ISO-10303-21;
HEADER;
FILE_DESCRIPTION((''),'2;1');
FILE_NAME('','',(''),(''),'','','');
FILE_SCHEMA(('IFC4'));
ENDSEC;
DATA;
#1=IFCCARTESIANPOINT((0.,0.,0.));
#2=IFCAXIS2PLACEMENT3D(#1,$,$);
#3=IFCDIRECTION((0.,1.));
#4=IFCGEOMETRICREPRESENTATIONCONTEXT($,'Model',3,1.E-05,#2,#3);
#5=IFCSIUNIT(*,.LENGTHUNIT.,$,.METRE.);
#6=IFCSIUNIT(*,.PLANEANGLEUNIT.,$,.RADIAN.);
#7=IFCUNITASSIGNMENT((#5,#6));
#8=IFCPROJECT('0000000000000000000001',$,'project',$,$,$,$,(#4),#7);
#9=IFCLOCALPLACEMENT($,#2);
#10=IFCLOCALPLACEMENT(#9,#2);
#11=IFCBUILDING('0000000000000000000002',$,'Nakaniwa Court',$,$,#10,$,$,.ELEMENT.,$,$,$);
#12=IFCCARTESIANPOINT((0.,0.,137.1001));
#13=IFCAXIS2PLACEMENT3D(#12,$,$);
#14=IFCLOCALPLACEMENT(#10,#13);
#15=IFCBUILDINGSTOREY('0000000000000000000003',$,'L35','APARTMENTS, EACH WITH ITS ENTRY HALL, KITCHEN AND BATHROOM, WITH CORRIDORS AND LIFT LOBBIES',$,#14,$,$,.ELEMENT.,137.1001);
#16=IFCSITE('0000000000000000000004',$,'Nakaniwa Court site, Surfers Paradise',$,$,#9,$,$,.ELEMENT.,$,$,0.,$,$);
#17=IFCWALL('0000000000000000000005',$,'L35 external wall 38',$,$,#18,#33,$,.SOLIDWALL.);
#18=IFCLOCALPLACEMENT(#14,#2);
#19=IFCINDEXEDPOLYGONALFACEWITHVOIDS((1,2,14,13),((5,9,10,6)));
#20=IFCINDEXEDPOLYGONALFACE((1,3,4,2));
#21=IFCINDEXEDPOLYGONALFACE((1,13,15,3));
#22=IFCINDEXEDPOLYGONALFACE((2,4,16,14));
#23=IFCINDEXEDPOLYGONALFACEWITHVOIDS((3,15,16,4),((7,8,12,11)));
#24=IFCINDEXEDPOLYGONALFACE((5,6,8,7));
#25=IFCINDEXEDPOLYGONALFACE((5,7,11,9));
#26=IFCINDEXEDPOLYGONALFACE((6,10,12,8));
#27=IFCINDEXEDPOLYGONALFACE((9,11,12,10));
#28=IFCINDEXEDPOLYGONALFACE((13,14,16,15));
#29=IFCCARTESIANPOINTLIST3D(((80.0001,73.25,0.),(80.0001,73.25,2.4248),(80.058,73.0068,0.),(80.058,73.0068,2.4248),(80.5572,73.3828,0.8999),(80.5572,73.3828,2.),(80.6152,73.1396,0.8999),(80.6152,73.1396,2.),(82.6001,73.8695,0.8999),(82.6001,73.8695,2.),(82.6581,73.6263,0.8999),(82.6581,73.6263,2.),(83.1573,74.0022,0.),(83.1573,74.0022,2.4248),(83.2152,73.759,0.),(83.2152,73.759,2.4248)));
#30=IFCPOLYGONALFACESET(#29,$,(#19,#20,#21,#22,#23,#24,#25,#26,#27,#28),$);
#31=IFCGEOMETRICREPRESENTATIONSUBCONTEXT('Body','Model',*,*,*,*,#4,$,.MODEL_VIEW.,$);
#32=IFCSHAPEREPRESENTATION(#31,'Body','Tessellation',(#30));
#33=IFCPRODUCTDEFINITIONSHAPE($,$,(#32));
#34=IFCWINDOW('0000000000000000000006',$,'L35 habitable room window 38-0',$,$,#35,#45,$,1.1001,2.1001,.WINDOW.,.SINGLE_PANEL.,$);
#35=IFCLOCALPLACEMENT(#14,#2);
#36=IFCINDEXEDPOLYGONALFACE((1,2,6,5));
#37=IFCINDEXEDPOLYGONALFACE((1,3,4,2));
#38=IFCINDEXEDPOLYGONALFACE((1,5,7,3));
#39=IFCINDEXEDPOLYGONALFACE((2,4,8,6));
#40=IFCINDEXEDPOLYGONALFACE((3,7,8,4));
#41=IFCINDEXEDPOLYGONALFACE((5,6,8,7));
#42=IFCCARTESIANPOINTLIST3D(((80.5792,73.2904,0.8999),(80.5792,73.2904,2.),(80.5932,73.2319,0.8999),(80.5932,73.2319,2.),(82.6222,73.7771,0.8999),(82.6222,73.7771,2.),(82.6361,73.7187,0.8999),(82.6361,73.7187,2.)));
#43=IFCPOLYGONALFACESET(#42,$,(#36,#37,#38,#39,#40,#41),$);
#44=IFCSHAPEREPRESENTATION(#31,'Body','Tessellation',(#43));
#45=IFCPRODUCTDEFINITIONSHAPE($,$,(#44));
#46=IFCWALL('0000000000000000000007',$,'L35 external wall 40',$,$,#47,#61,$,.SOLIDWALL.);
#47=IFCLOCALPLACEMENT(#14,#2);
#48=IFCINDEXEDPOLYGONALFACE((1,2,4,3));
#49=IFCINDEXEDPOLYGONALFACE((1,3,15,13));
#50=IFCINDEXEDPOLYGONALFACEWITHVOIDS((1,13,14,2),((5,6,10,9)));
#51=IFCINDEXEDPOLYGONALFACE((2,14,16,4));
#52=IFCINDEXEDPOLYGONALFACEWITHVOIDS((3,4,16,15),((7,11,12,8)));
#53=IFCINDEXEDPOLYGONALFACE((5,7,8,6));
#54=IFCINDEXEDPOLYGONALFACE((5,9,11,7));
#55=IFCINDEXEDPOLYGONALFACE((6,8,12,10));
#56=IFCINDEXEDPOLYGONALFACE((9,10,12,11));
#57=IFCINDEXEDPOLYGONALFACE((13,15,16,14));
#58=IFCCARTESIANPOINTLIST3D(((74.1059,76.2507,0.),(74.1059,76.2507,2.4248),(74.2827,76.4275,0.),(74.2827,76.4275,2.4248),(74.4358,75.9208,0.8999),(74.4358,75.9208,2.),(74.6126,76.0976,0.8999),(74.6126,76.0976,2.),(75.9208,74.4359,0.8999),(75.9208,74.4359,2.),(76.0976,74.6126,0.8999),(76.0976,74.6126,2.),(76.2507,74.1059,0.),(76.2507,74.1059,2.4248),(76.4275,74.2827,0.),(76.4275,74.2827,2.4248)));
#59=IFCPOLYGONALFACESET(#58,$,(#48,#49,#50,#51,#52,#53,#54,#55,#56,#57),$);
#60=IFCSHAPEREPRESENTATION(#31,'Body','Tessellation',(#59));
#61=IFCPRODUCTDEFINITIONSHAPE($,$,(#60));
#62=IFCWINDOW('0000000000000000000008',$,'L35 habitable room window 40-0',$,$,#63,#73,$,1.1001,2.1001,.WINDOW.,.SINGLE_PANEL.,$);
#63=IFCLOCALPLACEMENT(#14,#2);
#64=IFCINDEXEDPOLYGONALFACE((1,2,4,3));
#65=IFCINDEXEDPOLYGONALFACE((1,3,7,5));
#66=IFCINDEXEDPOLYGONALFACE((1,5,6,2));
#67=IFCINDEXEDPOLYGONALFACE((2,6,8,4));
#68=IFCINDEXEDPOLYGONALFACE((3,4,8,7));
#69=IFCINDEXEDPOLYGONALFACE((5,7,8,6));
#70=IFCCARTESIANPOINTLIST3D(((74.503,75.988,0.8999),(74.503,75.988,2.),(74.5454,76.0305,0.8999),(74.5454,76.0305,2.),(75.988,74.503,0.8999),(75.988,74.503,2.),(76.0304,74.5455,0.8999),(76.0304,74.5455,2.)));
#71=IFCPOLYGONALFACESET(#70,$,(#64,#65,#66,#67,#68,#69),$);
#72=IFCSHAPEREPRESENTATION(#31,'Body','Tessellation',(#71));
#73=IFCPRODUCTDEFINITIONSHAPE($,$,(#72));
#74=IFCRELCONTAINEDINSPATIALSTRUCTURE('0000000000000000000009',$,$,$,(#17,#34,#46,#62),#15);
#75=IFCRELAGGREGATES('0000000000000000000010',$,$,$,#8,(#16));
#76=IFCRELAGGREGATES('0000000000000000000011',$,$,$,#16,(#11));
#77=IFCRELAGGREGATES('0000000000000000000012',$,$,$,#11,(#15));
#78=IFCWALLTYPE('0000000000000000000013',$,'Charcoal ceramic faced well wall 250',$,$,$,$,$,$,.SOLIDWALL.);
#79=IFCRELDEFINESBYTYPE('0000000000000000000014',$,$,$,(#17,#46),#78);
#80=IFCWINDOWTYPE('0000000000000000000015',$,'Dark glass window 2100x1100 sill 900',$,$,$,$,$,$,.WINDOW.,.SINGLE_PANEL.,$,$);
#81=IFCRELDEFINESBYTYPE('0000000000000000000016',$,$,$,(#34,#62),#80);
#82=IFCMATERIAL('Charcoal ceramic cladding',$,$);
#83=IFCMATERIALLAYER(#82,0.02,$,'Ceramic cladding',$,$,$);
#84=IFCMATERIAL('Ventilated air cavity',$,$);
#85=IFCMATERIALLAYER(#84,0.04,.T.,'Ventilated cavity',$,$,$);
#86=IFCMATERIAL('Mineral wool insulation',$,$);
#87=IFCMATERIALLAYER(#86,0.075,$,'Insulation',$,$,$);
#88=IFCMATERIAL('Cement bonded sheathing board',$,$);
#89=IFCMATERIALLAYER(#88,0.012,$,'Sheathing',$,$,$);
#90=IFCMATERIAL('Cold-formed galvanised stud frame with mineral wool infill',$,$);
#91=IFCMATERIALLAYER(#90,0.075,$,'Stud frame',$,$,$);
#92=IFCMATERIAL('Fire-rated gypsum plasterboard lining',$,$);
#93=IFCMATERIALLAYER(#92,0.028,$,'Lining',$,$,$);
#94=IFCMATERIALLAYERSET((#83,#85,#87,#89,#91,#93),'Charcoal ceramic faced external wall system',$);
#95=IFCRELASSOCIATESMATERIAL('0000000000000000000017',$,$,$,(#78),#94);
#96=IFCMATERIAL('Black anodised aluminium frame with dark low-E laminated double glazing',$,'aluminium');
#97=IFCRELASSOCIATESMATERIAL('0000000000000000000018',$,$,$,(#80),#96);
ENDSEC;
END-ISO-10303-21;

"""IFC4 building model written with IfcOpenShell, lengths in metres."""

from ifc_helpers import new_model, si_unit, direction, frame, frame_2d, origin, place, context, subcontext, project, spatial, rectangle, extrude, material, layer, layer_set, type_object, element, fill, save


model = new_model("IFC4")

# Units and contexts
model_context = context("Model", 3, precision=1e-05, world=origin(), true_north=direction((0.0, 1.0)))
body_context = subcontext(model_context, "Body", "Model", "MODEL_VIEW")
ifc_project = project(units=[si_unit("LENGTHUNIT", "METRE"), si_unit("PLANEANGLEUNIT", "RADIAN")], contexts=[model_context])

# Site, building, storey
site_placement = place(None, origin())
site = spatial("IfcSite", under=ifc_project, at=site_placement, Name="Nakaniwa Court site, Surfers Paradise", CompositionType="ELEMENT", RefElevation=0.0)
building_placement = place(site_placement, origin())
building = spatial("IfcBuilding", under=site, at=building_placement, Name="Nakaniwa Court", CompositionType="ELEMENT")
storey_placement = place(building_placement, frame((0.0, 0.0, 137.1001)))
storey = spatial("IfcBuildingStorey", under=building, at=storey_placement, Name="L35", Description="APARTMENTS, EACH WITH ITS ENTRY HALL, KITCHEN AND BATHROOM, WITH CORRIDORS AND LIFT LOBBIES", CompositionType="ELEMENT", Elevation=137.1001)

# Walls, openings, windows
ifc_material_1 = material(Name="Charcoal ceramic cladding")
ifc_layer_1 = layer(ifc_material_1, 0.02, Name="Ceramic cladding")
ifc_material_2 = material(Name="Ventilated air cavity")
ifc_layer_2 = layer(ifc_material_2, 0.04, ventilated=True, Name="Ventilated cavity")
ifc_material_3 = material(Name="Mineral wool insulation")
ifc_layer_3 = layer(ifc_material_3, 0.075, Name="Insulation")
ifc_material_4 = material(Name="Cement bonded sheathing board")
ifc_layer_4 = layer(ifc_material_4, 0.012, Name="Sheathing")
ifc_material_5 = material(Name="Cold-formed galvanised stud frame with mineral wool infill")
ifc_layer_5 = layer(ifc_material_5, 0.075, Name="Stud frame")
ifc_material_6 = material(Name="Fire-rated gypsum plasterboard lining")
ifc_layer_6 = layer(ifc_material_6, 0.028, Name="Lining")
ifc_layer_set = layer_set([ifc_layer_1, ifc_layer_2, ifc_layer_3, ifc_layer_4, ifc_layer_5, ifc_layer_6], Name="Charcoal ceramic faced external wall system")
wall_type = type_object("IfcWallType", Name="Charcoal ceramic faced well wall 250", PredefinedType="SOLIDWALL", material=ifc_layer_set)
ifc_material_7 = material(Name="Black anodised aluminium frame with dark low-E laminated double glazing", Category="aluminium")
window_type = type_object("IfcWindowType", Name="Dark glass window 2100x1100 sill 900", PartitioningType="SINGLE_PANEL", PredefinedType="WINDOW", material=ifc_material_7)
wall_1_placement = place(storey_placement, frame((83.1863, 73.8806, 0.0), z_axis=(0.0, 0.0, 1.0), x_axis=(-0.972773, -0.23176, 0.0)))
wall_1 = element("IfcWall", 1, at=wall_1_placement, inside=storey, type_object=wall_type, Name="L35 external wall 38", PredefinedType="SOLIDWALL", context=body_context, shape_type="SweptSolid", body=[
    extrude(rectangle(XDim=3.2456, YDim=0.25, at=frame_2d((1.6228, 0.0))), origin(), (0.0, 0.0, 1.0), 2.4248),
])
opening_1_placement = place(wall_1_placement, frame((0.5728, 0.0, 0.8999)))
opening_1 = element("IfcOpeningElement", 2, at=opening_1_placement, cuts=wall_1, PredefinedType="OPENING", context=body_context, shape_type="SweptSolid", body=[
    extrude(rectangle(XDim=2.1001, YDim=1.1001, at=frame_2d((1.05, 0.55))), frame((0.0, 0.135, 0.0), z_axis=(0.0, -1.0, 0.0), x_axis=(1.0, 0.0, 0.0)), (0.0, 0.0, 1.0), 0.27),
])
window_1_placement = place(opening_1_placement, origin())
window_1 = element("IfcWindow", 3, at=window_1_placement, inside=storey, type_object=window_type, Name="L35 habitable room window 38-0", OverallHeight=1.1001, OverallWidth=2.1001, PartitioningType="SINGLE_PANEL", PredefinedType="WINDOW", context=body_context, shape_type="SweptSolid", body=[
    extrude(rectangle(XDim=2.1001, YDim=1.1001, at=frame_2d((1.05, 0.55))), frame((0.0, 0.03, 0.0), z_axis=(0.0, -1.0, 0.0), x_axis=(1.0, 0.0, 0.0)), (0.0, 0.0, 1.0), 0.0601),
])
fill(opening_1, window_1)
wall_2_placement = place(storey_placement, frame((76.3391, 74.1943, 0.0), z_axis=(0.0, 0.0, 1.0), x_axis=(-0.707107, 0.707107, 0.0)))
wall_2 = element("IfcWall", 4, at=wall_2_placement, inside=storey, type_object=wall_type, Name="L35 external wall 40", PredefinedType="SOLIDWALL", context=body_context, shape_type="SweptSolid", body=[
    extrude(rectangle(XDim=3.0332, YDim=0.25, at=frame_2d((1.5166, 0.0))), origin(), (0.0, 0.0, 1.0), 2.4248),
])
opening_2_placement = place(wall_2_placement, frame((0.4666, 0.0, 0.8999)))
opening_2 = element("IfcOpeningElement", 5, at=opening_2_placement, cuts=wall_2, PredefinedType="OPENING", context=body_context, shape_type="SweptSolid", body=[
    extrude(rectangle(XDim=2.1001, YDim=1.1001, at=frame_2d((1.05, 0.55))), frame((0.0, 0.135, 0.0), z_axis=(0.0, -1.0, 0.0), x_axis=(1.0, 0.0, 0.0)), (0.0, 0.0, 1.0), 0.27),
])
window_2_placement = place(opening_2_placement, origin())
window_2 = element("IfcWindow", 6, at=window_2_placement, inside=storey, type_object=window_type, Name="L35 habitable room window 40-0", OverallHeight=1.1001, OverallWidth=2.1001, PartitioningType="SINGLE_PANEL", PredefinedType="WINDOW", context=body_context, shape_type="SweptSolid", body=[
    extrude(rectangle(XDim=2.1001, YDim=1.1001, at=frame_2d((1.05, 0.55))), frame((0.0, 0.03, 0.0), z_axis=(0.0, -1.0, 0.0), x_axis=(1.0, 0.0, 0.0)), (0.0, 0.0, 1.0), 0.0601),
])
fill(opening_2, window_2)

save(model, "model.ifc")
